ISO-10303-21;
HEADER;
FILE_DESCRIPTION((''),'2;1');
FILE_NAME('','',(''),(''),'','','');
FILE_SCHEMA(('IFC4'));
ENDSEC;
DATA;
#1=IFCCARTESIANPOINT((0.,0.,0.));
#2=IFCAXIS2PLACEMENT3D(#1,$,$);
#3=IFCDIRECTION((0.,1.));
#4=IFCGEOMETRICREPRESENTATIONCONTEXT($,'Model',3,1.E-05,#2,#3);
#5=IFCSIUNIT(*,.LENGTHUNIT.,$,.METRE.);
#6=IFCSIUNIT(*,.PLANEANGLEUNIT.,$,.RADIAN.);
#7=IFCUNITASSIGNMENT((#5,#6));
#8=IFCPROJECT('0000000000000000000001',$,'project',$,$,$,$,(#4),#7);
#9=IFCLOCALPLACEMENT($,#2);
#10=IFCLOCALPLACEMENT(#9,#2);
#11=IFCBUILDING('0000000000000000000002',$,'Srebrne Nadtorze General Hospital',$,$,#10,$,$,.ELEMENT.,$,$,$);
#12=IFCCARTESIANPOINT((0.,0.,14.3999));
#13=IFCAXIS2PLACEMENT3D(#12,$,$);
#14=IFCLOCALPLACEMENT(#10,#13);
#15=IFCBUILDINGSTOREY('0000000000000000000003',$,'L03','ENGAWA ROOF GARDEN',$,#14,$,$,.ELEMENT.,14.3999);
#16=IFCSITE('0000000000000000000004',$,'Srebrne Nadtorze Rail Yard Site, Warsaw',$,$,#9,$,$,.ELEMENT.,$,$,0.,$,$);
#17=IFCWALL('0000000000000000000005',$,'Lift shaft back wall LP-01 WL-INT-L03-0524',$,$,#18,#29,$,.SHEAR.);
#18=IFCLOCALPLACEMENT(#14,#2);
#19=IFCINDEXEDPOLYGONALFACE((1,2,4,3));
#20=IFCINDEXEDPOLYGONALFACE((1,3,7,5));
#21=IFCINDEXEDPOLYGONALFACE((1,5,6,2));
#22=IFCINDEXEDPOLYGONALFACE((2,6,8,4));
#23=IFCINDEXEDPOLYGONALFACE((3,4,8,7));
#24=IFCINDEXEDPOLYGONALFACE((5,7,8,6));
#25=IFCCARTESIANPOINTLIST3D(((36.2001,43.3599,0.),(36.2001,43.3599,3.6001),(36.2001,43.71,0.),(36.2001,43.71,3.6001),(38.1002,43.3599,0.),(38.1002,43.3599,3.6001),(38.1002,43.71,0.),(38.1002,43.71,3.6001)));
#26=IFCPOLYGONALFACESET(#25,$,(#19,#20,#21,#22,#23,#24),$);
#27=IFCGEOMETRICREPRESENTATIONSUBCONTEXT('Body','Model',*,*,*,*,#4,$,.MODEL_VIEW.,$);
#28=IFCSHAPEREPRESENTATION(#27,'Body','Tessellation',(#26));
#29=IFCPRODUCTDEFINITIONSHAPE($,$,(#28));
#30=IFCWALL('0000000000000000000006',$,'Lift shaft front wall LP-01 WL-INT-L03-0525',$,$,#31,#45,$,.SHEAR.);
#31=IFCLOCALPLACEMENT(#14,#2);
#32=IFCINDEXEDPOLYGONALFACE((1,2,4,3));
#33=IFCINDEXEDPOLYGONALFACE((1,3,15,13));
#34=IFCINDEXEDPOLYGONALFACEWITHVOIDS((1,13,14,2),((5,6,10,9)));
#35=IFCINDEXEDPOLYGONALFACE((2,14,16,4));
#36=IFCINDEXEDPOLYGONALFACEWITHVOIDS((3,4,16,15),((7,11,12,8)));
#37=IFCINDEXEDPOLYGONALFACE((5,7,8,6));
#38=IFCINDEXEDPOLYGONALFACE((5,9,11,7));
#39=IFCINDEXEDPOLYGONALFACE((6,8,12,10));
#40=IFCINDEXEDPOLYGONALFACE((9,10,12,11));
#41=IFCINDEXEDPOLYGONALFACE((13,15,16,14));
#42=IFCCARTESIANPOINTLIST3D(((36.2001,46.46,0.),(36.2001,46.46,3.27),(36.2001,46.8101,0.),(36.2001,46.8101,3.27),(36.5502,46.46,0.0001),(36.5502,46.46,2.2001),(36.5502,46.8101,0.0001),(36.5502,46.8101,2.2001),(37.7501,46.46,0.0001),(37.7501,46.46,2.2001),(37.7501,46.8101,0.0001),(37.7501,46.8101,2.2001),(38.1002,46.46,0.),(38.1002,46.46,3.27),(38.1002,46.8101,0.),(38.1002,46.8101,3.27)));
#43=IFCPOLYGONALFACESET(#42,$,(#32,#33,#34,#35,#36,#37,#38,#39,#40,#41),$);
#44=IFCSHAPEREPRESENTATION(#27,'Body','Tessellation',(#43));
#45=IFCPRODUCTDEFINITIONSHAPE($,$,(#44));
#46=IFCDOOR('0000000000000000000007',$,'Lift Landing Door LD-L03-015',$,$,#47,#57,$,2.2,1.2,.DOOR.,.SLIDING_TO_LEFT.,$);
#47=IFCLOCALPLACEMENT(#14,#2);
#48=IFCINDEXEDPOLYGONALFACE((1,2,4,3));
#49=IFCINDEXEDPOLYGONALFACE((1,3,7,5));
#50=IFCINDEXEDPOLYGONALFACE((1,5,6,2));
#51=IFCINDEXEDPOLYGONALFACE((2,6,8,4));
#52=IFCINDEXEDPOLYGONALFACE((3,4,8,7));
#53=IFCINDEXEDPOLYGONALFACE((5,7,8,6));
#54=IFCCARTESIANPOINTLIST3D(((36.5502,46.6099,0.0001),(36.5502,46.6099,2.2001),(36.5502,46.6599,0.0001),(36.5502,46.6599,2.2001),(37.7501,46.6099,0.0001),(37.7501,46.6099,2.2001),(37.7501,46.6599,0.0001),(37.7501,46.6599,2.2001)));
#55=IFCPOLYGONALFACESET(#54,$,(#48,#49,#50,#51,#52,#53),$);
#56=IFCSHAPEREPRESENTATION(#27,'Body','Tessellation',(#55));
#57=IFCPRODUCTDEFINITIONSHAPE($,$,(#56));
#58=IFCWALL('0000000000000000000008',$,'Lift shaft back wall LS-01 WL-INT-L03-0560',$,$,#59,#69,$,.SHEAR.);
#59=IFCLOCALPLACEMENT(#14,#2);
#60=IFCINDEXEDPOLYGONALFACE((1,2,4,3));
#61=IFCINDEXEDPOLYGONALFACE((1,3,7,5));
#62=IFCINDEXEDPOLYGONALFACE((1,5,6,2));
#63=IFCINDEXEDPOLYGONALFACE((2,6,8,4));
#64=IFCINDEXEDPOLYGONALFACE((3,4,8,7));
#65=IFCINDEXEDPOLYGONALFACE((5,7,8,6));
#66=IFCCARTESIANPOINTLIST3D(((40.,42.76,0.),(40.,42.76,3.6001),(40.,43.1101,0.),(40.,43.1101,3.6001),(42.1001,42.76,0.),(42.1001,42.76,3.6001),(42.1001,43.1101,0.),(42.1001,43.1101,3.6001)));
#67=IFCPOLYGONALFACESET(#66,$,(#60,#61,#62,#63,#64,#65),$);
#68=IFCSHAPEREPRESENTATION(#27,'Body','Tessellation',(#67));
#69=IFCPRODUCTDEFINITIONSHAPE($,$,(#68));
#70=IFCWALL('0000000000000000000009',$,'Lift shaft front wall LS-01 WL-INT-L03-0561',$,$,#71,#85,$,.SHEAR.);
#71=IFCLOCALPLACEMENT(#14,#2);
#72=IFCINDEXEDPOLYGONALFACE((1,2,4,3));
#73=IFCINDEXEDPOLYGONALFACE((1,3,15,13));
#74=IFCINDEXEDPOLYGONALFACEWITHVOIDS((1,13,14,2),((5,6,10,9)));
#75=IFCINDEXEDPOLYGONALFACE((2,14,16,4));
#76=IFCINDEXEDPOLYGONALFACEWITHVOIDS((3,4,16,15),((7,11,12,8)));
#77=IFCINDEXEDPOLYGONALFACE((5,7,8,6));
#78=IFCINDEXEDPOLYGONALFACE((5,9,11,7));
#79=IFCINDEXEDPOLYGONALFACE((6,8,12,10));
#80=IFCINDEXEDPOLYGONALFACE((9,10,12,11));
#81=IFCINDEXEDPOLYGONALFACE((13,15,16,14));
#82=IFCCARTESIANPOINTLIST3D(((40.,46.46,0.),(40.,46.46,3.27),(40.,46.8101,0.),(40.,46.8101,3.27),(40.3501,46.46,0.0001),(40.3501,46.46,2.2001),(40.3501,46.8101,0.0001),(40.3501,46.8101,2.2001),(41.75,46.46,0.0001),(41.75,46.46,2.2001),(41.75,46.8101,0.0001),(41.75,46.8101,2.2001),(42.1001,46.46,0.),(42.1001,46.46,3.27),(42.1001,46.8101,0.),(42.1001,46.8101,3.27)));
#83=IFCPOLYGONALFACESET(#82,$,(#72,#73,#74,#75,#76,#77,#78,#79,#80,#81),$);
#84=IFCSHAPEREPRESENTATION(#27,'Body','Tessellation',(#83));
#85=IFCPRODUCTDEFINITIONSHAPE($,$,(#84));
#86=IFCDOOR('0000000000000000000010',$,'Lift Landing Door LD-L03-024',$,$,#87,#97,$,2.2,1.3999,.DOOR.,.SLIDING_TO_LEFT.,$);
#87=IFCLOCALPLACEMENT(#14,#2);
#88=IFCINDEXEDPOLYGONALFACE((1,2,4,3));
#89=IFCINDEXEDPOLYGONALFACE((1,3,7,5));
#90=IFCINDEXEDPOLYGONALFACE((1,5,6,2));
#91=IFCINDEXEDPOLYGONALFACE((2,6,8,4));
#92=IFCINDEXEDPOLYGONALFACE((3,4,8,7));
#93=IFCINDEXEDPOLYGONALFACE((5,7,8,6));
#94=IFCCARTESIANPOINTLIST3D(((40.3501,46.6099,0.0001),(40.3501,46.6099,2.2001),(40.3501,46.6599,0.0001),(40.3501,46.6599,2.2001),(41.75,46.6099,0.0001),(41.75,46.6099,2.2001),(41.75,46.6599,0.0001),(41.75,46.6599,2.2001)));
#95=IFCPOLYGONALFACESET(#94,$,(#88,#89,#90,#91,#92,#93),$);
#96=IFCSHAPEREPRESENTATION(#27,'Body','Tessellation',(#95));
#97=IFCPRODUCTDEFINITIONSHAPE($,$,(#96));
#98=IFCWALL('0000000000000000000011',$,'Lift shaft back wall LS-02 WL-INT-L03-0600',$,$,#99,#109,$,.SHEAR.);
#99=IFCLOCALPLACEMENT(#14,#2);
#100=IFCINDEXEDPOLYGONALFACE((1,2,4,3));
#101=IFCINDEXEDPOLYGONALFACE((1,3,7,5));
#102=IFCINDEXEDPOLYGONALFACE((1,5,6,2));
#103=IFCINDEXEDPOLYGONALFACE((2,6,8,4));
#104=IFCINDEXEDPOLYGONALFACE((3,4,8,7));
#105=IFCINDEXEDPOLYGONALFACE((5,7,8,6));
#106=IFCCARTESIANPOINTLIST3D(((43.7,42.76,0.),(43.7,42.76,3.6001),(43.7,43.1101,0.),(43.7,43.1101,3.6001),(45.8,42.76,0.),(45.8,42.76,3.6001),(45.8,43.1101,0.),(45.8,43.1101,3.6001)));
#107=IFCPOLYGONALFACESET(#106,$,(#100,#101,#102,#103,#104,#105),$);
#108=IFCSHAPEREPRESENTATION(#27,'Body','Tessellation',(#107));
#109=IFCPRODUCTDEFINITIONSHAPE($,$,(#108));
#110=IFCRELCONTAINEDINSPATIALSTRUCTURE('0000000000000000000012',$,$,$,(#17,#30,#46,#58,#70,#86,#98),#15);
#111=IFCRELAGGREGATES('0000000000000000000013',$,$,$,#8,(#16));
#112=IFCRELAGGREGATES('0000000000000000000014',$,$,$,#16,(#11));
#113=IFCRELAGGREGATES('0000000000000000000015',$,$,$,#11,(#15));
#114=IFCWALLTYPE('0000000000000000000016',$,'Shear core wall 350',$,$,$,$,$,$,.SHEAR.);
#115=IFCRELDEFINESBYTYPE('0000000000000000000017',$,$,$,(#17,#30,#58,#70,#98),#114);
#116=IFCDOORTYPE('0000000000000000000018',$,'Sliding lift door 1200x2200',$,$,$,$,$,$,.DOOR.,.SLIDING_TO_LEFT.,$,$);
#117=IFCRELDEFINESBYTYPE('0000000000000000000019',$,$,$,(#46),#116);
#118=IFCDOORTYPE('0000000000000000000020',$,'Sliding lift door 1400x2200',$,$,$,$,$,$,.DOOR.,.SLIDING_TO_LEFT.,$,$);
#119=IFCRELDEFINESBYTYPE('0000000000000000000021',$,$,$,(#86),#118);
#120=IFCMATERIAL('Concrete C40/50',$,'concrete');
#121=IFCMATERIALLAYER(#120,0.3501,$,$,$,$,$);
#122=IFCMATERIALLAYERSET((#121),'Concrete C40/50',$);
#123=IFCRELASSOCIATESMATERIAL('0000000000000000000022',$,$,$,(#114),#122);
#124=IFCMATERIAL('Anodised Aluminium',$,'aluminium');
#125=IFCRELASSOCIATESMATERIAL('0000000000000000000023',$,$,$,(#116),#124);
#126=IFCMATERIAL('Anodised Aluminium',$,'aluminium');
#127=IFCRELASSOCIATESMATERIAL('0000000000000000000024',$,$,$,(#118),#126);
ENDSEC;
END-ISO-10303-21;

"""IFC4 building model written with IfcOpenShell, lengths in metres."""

from ifc_helpers import new_model, si_unit, direction, frame, frame_2d, origin, place, context, subcontext, project, spatial, rectangle, extrude, material, layer, layer_set, type_object, element, fill, save


model = new_model("IFC4")

# Units and contexts
model_context = context("Model", 3, precision=1e-05, world=origin(), true_north=direction((0.0, 1.0)))
body_context = subcontext(model_context, "Body", "Model", "MODEL_VIEW")
ifc_project = project(units=[si_unit("LENGTHUNIT", "METRE"), si_unit("PLANEANGLEUNIT", "RADIAN")], contexts=[model_context])

# Site, building, storey
site_placement = place(None, origin())
site = spatial("IfcSite", under=ifc_project, at=site_placement, Name="Srebrne Nadtorze Rail Yard Site, Warsaw", CompositionType="ELEMENT", RefElevation=0.0)
building_placement = place(site_placement, origin())
building = spatial("IfcBuilding", under=site, at=building_placement, Name="Srebrne Nadtorze General Hospital", CompositionType="ELEMENT")
storey_placement = place(building_placement, frame((0.0, 0.0, 14.3999)))
storey = spatial("IfcBuildingStorey", under=building, at=storey_placement, Name="L03", Description="ENGAWA ROOF GARDEN", CompositionType="ELEMENT", Elevation=14.3999)

# Shared definitions
ifc_material_1 = material(Name="Concrete C40/50", Category="concrete")
ifc_layer_1 = layer(ifc_material_1, 0.3501)
ifc_layer_set_1 = layer_set([ifc_layer_1], Name="Concrete C40/50")
wall_type_1 = type_object("IfcWallType", Name="Shear core wall 350", PredefinedType="SHEAR", material=ifc_layer_set_1)

# Wall
wall_1_placement = place(storey_placement, frame((36.2, 43.5349, 0.0), z_axis=(0.0, 0.0, 1.0), x_axis=(1.0, 0.0, 0.0)))
element("IfcWall", 1, at=wall_1_placement, inside=storey, type_object=wall_type_1, Name="Lift shaft back wall LP-01 WL-INT-L03-0524", PredefinedType="SHEAR", context=body_context, shape_type="SweptSolid", body=[
    extrude(rectangle(XDim=1.9001, YDim=0.3501, at=frame_2d((0.9502, 0.0))), origin(), (0.0, 0.0, 1.0), 3.6001),
])

# Wall, opening, door
wall_2_placement = place(storey_placement, frame((36.2, 46.635, 0.0), z_axis=(0.0, 0.0, 1.0), x_axis=(1.0, 0.0, 0.0)))
wall_2 = element("IfcWall", 2, at=wall_2_placement, inside=storey, type_object=wall_type_1, Name="Lift shaft front wall LP-01 WL-INT-L03-0525", PredefinedType="SHEAR", context=body_context, shape_type="SweptSolid", body=[
    extrude(rectangle(XDim=1.9001, YDim=0.3501, at=frame_2d((0.9502, 0.0))), origin(), (0.0, 0.0, 1.0), 3.27),
])
opening_1_placement = place(wall_2_placement, frame((0.3501, 0.0, 0.0)))
opening_1 = element("IfcOpeningElement", 3, at=opening_1_placement, cuts=wall_2, PredefinedType="OPENING", context=body_context, shape_type="SweptSolid", body=[
    extrude(rectangle(XDim=1.2, YDim=2.2, at=frame_2d((0.6001, 1.1001))), frame((0.0, 0.187, 0.0), z_axis=(0.0, -1.0, 0.0), x_axis=(1.0, 0.0, 0.0)), (0.0, 0.0, 1.0), 0.374),
])
ifc_material_2 = material(Name="Anodised Aluminium", Category="aluminium")
door_type_1 = type_object("IfcDoorType", Name="Sliding lift door 1200x2200", OperationType="SLIDING_TO_LEFT", PredefinedType="DOOR", material=ifc_material_2)
door_1_placement = place(opening_1_placement, origin())
door_1 = element("IfcDoor", 4, at=door_1_placement, inside=storey, type_object=door_type_1, Name="Lift Landing Door LD-L03-015", OperationType="SLIDING_TO_LEFT", OverallHeight=2.2, OverallWidth=1.2, PredefinedType="DOOR", context=body_context, shape_type="SweptSolid", body=[
    extrude(rectangle(XDim=1.2, YDim=2.2, at=frame_2d((0.6001, 1.1001))), frame((0.0, 0.0249, 0.0), z_axis=(0.0, -1.0, 0.0), x_axis=(1.0, 0.0, 0.0)), (0.0, 0.0, 1.0), 0.05),
])
fill(opening_1, door_1)

# Wall
wall_3_placement = place(storey_placement, frame((40.0, 42.9351, 0.0), z_axis=(0.0, 0.0, 1.0), x_axis=(1.0, 0.0, 0.0)))
element("IfcWall", 5, at=wall_3_placement, inside=storey, type_object=wall_type_1, Name="Lift shaft back wall LS-01 WL-INT-L03-0560", PredefinedType="SHEAR", context=body_context, shape_type="SweptSolid", body=[
    extrude(rectangle(XDim=2.1001, YDim=0.3501, at=frame_2d((1.05, 0.0))), origin(), (0.0, 0.0, 1.0), 3.6001),
])

# Wall, opening, door
wall_4_placement = place(storey_placement, frame((40.0, 46.635, 0.0), z_axis=(0.0, 0.0, 1.0), x_axis=(1.0, 0.0, 0.0)))
wall_4 = element("IfcWall", 6, at=wall_4_placement, inside=storey, type_object=wall_type_1, Name="Lift shaft front wall LS-01 WL-INT-L03-0561", PredefinedType="SHEAR", context=body_context, shape_type="SweptSolid", body=[
    extrude(rectangle(XDim=2.1001, YDim=0.3501, at=frame_2d((1.05, 0.0))), origin(), (0.0, 0.0, 1.0), 3.27),
])
opening_2_placement = place(wall_4_placement, frame((0.3501, 0.0, 0.0)))
opening_2 = element("IfcOpeningElement", 7, at=opening_2_placement, cuts=wall_4, PredefinedType="OPENING", context=body_context, shape_type="SweptSolid", body=[
    extrude(rectangle(XDim=1.3999, YDim=2.2, at=frame_2d((0.7, 1.1001))), frame((0.0, 0.187, 0.0), z_axis=(0.0, -1.0, 0.0), x_axis=(1.0, 0.0, 0.0)), (0.0, 0.0, 1.0), 0.374),
])
ifc_material_3 = material(Name="Anodised Aluminium", Category="aluminium")
door_type_2 = type_object("IfcDoorType", Name="Sliding lift door 1400x2200", OperationType="SLIDING_TO_LEFT", PredefinedType="DOOR", material=ifc_material_3)
door_2_placement = place(opening_2_placement, origin())
door_2 = element("IfcDoor", 8, at=door_2_placement, inside=storey, type_object=door_type_2, Name="Lift Landing Door LD-L03-024", OperationType="SLIDING_TO_LEFT", OverallHeight=2.2, OverallWidth=1.3999, PredefinedType="DOOR", context=body_context, shape_type="SweptSolid", body=[
    extrude(rectangle(XDim=1.3999, YDim=2.2, at=frame_2d((0.7, 1.1001))), frame((0.0, 0.0249, 0.0), z_axis=(0.0, -1.0, 0.0), x_axis=(1.0, 0.0, 0.0)), (0.0, 0.0, 1.0), 0.05),
])
fill(opening_2, door_2)

# Wall
wall_5_placement = place(storey_placement, frame((43.7, 42.9351, 0.0), z_axis=(0.0, 0.0, 1.0), x_axis=(1.0, 0.0, 0.0)))
element("IfcWall", 9, at=wall_5_placement, inside=storey, type_object=wall_type_1, Name="Lift shaft back wall LS-02 WL-INT-L03-0600", PredefinedType="SHEAR", context=body_context, shape_type="SweptSolid", body=[
    extrude(rectangle(XDim=2.1001, YDim=0.3501, at=frame_2d((1.05, 0.0))), origin(), (0.0, 0.0, 1.0), 3.6001),
])

save(model, "model.ifc")
